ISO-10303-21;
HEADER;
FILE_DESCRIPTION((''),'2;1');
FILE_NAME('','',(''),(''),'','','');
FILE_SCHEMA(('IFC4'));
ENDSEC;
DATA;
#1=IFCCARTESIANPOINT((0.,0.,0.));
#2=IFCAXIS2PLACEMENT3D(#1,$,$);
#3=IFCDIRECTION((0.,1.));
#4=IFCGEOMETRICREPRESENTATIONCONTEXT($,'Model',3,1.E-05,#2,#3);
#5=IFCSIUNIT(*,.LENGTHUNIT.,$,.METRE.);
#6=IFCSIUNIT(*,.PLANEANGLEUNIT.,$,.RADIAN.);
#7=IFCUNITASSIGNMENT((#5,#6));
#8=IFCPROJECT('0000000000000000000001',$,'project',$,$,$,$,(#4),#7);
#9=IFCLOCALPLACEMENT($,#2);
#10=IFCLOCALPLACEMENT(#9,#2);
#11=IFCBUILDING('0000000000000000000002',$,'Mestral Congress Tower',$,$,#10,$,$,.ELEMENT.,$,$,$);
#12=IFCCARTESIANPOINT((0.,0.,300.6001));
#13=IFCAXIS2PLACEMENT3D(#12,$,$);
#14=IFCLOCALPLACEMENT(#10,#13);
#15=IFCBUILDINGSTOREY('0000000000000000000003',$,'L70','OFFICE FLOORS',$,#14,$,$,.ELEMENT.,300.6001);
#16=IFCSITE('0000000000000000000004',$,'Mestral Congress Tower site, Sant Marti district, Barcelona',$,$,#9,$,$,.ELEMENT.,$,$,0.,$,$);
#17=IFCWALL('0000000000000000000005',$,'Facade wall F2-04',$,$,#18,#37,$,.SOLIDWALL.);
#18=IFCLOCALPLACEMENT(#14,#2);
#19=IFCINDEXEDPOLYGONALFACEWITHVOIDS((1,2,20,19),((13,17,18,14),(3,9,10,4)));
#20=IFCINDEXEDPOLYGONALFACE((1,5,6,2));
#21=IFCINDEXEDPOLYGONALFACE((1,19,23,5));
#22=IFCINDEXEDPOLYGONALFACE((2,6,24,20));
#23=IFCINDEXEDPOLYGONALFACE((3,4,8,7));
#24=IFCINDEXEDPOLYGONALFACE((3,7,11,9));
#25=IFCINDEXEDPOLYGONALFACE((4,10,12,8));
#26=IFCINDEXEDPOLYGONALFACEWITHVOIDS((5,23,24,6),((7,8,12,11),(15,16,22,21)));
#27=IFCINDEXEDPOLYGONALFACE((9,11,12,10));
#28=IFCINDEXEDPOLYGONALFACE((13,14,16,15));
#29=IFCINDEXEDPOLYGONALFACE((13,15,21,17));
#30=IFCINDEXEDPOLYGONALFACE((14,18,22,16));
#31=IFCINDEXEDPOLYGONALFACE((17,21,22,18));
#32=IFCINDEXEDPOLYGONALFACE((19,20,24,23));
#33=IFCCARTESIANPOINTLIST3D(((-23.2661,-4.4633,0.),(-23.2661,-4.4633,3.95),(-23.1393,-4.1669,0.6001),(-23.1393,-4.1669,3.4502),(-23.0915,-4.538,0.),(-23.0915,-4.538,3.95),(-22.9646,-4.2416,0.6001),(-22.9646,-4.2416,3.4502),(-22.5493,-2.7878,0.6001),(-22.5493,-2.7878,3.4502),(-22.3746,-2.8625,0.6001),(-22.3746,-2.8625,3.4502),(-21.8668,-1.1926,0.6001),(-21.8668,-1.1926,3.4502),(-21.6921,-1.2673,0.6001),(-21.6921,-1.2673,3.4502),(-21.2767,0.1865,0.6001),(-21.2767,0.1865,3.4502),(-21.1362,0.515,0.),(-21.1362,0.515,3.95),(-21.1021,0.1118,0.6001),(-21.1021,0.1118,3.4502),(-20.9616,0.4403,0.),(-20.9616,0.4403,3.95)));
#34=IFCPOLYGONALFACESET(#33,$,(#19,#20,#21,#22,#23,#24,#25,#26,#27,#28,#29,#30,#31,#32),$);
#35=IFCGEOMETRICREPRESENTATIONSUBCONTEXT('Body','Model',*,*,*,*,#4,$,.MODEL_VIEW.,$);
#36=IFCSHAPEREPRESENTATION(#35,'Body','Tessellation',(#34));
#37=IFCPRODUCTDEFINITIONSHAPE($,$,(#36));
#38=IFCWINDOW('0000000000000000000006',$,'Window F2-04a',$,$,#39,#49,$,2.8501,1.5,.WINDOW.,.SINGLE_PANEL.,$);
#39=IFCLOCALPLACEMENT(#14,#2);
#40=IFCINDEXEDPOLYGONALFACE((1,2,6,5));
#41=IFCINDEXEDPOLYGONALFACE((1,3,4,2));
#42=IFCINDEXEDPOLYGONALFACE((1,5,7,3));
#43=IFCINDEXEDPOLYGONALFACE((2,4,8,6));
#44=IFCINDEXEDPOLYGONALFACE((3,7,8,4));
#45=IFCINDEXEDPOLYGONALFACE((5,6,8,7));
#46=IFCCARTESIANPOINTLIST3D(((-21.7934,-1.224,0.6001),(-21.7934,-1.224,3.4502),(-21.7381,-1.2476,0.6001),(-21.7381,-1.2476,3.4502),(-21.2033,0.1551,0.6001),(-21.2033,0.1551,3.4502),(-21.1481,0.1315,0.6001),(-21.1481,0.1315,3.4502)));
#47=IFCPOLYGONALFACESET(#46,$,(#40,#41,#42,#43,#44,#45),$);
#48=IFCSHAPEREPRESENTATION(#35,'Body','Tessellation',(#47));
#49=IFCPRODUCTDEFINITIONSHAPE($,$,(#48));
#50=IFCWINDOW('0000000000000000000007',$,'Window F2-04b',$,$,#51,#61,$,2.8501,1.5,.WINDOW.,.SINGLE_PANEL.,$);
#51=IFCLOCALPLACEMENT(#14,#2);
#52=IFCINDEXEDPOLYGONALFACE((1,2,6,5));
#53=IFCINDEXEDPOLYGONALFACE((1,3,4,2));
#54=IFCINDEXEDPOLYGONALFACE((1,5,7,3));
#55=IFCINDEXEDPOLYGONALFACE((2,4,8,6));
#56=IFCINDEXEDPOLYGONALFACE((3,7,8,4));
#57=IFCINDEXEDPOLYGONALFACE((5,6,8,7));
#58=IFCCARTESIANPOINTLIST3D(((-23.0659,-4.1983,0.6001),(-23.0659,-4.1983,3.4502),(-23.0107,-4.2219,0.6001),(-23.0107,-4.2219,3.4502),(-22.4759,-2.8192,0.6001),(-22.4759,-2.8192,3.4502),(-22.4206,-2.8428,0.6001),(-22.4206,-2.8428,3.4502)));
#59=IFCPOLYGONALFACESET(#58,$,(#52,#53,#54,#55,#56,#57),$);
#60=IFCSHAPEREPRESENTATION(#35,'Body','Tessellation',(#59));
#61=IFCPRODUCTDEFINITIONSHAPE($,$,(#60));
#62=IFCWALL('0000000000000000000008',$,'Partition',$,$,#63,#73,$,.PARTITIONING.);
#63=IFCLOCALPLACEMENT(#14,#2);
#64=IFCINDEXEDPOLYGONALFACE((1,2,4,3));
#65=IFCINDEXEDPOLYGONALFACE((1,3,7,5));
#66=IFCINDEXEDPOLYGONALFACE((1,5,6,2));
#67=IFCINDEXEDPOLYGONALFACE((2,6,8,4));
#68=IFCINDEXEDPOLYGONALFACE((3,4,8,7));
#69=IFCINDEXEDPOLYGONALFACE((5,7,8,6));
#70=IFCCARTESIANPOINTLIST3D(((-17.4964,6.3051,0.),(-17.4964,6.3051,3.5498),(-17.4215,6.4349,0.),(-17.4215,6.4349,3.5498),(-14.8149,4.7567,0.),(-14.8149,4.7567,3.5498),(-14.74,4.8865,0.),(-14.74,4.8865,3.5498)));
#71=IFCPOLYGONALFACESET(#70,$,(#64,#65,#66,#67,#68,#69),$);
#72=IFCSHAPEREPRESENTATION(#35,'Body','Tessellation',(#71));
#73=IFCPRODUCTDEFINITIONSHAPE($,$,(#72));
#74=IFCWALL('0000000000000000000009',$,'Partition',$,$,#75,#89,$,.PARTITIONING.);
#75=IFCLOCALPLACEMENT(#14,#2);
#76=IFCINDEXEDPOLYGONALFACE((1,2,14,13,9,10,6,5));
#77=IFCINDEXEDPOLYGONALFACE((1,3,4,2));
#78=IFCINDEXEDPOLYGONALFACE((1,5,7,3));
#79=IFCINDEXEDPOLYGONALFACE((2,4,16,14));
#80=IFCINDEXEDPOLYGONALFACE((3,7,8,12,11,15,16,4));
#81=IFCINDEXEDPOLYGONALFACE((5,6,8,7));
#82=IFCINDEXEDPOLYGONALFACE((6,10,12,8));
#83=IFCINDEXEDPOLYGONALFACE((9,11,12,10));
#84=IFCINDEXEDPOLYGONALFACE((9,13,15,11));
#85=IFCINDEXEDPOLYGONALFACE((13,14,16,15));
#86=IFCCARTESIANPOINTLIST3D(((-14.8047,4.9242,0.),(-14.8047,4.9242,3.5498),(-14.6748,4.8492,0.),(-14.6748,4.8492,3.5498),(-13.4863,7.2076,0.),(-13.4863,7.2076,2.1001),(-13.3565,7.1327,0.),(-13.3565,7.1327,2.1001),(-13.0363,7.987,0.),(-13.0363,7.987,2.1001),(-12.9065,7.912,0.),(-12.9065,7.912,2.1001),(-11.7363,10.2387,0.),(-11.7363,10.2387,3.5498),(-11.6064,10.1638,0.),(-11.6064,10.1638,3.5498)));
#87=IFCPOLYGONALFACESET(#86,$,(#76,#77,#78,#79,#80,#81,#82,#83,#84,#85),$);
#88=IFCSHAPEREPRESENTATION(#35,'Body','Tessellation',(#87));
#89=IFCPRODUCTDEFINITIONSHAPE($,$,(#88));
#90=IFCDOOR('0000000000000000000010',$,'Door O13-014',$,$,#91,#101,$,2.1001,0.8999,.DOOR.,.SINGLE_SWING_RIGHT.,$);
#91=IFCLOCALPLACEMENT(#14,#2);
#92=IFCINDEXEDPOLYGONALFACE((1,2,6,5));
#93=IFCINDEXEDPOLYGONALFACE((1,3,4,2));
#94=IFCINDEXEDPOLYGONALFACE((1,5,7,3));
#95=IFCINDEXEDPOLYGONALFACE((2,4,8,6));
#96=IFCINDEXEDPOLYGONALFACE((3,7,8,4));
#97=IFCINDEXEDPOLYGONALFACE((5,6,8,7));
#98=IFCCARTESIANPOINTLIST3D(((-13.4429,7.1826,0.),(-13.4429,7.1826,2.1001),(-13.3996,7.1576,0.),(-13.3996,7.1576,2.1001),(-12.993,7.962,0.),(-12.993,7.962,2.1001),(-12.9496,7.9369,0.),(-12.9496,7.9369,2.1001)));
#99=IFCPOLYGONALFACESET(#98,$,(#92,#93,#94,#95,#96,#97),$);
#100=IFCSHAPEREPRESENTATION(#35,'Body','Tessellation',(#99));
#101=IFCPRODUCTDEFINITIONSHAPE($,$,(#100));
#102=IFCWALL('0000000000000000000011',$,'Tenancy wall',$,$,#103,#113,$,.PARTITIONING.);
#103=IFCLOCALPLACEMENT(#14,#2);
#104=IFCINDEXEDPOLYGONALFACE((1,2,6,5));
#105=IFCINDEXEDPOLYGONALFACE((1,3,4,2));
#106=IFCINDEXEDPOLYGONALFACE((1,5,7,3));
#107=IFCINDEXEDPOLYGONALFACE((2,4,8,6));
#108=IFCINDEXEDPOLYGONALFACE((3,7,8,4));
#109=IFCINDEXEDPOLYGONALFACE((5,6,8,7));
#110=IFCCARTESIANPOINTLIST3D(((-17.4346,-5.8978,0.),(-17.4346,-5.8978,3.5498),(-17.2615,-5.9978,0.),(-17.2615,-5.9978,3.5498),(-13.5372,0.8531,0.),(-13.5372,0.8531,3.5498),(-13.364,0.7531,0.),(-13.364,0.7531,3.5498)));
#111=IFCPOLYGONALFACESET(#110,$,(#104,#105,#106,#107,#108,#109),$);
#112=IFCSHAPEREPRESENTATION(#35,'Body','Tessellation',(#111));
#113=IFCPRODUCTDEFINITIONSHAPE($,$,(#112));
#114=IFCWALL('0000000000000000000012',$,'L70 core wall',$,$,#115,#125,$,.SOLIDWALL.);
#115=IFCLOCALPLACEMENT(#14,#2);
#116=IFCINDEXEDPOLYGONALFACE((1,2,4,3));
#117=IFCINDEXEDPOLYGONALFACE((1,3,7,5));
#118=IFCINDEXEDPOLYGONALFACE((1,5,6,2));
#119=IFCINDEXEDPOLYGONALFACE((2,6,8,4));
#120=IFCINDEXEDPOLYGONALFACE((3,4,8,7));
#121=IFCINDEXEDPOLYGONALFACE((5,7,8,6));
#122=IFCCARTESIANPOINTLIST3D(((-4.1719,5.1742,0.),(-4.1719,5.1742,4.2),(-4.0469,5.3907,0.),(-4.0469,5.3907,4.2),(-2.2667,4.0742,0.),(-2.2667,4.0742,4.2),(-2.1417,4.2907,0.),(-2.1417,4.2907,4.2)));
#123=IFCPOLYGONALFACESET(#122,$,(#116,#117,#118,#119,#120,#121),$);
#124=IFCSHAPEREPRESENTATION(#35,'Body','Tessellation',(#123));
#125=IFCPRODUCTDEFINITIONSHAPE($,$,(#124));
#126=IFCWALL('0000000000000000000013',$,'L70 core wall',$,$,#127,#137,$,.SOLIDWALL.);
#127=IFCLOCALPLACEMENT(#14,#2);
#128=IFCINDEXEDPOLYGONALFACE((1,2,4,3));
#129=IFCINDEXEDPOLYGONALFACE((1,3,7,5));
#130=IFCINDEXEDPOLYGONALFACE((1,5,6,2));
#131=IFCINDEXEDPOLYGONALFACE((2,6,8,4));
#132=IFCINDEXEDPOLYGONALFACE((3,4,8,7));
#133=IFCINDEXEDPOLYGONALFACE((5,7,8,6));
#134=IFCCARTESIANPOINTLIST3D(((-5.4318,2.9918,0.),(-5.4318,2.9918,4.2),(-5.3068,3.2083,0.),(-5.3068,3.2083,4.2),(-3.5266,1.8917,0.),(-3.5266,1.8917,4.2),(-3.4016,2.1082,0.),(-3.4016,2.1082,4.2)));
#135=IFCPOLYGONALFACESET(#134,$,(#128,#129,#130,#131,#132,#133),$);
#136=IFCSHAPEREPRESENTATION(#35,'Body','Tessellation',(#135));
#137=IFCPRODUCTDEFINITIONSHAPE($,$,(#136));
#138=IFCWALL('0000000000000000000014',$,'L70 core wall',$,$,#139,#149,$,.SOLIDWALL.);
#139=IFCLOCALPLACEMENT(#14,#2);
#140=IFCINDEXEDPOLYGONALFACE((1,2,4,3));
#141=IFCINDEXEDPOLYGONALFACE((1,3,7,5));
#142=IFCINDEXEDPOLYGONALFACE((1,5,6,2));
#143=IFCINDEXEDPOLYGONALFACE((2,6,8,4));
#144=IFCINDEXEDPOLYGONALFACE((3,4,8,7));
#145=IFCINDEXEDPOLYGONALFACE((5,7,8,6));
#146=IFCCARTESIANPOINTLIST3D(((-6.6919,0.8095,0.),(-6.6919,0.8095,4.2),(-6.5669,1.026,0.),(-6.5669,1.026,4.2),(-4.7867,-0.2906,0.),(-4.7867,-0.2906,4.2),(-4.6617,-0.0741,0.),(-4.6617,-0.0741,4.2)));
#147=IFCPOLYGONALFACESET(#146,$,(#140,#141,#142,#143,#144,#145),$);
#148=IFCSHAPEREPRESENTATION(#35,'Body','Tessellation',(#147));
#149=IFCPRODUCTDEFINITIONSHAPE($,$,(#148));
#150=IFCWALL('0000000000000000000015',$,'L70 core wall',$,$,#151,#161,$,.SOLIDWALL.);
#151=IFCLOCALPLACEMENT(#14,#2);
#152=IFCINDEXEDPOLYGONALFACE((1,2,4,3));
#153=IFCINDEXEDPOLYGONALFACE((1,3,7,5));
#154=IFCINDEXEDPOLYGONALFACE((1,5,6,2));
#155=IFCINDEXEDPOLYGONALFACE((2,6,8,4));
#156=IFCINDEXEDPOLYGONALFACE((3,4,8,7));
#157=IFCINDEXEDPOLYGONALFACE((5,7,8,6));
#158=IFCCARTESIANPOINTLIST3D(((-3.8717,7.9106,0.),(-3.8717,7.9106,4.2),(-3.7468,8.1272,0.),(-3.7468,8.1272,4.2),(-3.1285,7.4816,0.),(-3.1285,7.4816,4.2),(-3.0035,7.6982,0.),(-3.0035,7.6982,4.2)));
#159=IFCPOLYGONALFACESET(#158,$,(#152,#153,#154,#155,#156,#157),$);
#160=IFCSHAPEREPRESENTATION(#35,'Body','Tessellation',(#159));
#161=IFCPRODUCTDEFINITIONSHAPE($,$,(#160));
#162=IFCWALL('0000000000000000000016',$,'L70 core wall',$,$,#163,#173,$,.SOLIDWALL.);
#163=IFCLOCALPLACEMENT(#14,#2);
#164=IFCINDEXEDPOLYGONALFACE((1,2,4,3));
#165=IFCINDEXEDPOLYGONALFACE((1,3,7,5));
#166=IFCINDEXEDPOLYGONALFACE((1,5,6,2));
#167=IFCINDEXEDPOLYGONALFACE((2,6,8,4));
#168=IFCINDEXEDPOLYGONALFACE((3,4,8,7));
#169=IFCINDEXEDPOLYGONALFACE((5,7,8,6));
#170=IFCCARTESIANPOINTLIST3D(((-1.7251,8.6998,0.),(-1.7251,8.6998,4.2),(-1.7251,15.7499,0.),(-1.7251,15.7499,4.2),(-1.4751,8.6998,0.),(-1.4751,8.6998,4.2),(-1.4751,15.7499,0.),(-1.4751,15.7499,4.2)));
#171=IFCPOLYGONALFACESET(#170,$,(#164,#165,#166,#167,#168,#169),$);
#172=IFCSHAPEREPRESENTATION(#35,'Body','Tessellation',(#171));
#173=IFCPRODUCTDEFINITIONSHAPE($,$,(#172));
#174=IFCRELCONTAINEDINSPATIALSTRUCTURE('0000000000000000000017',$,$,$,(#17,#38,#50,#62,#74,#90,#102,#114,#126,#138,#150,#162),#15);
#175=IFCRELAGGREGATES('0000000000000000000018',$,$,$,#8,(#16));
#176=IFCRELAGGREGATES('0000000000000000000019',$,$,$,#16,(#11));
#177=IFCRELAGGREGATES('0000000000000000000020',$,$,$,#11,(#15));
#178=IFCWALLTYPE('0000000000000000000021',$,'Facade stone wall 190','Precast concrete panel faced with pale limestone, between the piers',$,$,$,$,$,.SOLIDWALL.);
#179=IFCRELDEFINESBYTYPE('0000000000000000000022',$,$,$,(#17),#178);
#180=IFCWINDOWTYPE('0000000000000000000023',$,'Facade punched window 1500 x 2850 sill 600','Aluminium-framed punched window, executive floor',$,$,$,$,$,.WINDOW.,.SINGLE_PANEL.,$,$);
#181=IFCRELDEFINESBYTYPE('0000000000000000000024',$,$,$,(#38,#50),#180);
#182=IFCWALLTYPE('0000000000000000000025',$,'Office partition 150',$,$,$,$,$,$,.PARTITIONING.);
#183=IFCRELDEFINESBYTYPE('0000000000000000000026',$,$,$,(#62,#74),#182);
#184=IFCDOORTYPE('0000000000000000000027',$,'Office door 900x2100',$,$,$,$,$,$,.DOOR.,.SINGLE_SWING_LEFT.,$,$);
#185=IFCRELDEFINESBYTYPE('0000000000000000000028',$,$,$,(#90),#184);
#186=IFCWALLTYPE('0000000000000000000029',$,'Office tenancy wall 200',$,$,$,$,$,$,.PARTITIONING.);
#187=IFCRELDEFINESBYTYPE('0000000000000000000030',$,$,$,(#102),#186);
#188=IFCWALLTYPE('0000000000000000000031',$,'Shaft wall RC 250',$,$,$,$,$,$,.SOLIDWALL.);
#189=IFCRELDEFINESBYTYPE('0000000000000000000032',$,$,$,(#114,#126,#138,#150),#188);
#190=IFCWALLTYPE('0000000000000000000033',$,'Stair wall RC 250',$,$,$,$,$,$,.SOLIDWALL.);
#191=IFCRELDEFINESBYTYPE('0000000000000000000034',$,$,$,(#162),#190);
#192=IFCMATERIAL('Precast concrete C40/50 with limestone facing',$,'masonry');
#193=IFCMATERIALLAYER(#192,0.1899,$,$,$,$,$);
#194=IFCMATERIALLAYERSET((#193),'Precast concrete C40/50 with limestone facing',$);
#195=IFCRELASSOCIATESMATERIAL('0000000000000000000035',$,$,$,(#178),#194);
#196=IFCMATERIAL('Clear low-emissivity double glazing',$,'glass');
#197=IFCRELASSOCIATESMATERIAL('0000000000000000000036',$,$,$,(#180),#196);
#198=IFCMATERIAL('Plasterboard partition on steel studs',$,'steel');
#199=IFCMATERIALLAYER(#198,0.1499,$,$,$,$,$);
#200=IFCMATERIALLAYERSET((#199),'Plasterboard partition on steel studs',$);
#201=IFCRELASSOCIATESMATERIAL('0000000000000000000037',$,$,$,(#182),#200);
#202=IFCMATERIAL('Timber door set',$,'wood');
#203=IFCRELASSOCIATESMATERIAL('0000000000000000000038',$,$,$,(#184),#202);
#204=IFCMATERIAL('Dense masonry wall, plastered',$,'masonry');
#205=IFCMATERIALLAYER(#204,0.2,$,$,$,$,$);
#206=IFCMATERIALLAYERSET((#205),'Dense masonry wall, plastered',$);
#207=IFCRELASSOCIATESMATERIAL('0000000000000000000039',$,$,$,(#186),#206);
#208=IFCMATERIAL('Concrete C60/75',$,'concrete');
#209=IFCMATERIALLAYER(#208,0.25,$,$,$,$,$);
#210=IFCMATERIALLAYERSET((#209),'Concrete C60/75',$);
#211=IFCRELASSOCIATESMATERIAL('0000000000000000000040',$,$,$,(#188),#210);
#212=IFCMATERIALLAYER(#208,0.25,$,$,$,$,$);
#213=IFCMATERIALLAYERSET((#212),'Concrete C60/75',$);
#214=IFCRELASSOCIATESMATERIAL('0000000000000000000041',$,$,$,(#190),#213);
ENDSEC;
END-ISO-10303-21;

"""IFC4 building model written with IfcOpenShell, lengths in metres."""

from ifc_helpers import new_model, si_unit, direction, frame, frame_2d, origin, place, context, subcontext, project, spatial, rectangle, extrude, material, layer, layer_set, type_object, element, fill, save


model = new_model("IFC4")

# Units and contexts
model_context = context("Model", 3, precision=1e-05, world=origin(), true_north=direction((0.0, 1.0)))
body_context = subcontext(model_context, "Body", "Model", "MODEL_VIEW")
ifc_project = project(units=[si_unit("LENGTHUNIT", "METRE"), si_unit("PLANEANGLEUNIT", "RADIAN")], contexts=[model_context])

# Site, building, storey
site_placement = place(None, origin())
site = spatial("IfcSite", under=ifc_project, at=site_placement, Name="Mestral Congress Tower site, Sant Marti district, Barcelona", CompositionType="ELEMENT", RefElevation=0.0)
building_placement = place(site_placement, origin())
building = spatial("IfcBuilding", under=site, at=building_placement, Name="Mestral Congress Tower", CompositionType="ELEMENT")
storey_placement = place(building_placement, frame((0.0, 0.0, 300.6001)))
storey = spatial("IfcBuildingStorey", under=building, at=storey_placement, Name="L70", Description="OFFICE FLOORS", CompositionType="ELEMENT", Elevation=300.6001)

# Shared definitions
ifc_material_1 = material(Name="Concrete C60/75", Category="concrete")

# Wall, openings, windows
ifc_material_2 = material(Name="Precast concrete C40/50 with limestone facing", Category="masonry")
ifc_layer_1 = layer(ifc_material_2, 0.1899)
ifc_layer_set_1 = layer_set([ifc_layer_1], Name="Precast concrete C40/50 with limestone facing")
wall_type_1 = type_object("IfcWallType", Name="Facade stone wall 190", Description="Precast concrete panel faced with pale limestone, between the piers", PredefinedType="SOLIDWALL", material=ifc_layer_set_1)
ifc_material_3 = material(Name="Clear low-emissivity double glazing", Category="glass")
window_type = type_object("IfcWindowType", Name="Facade punched window 1500 x 2850 sill 600", Description="Aluminium-framed punched window, executive floor", PartitioningType="SINGLE_PANEL", PredefinedType="WINDOW", material=ifc_material_3)
wall_1_placement = place(storey_placement, frame((-21.0488, 0.4778, 0.0), z_axis=(0.0, 0.0, 1.0), x_axis=(-0.393348, -0.91939, 0.0)))
wall_1 = element("IfcWall", 1, at=wall_1_placement, inside=storey, type_object=wall_type_1, Name="Facade wall F2-04", PredefinedType="SOLIDWALL", context=body_context, shape_type="SweptSolid", body=[
    extrude(rectangle(XDim=5.4148, YDim=0.1899, at=frame_2d((2.7075, 0.0))), origin(), (0.0, 0.0, 1.0), 3.95),
])
opening_1_placement = place(wall_1_placement, frame((0.3574, 0.0, 0.6001)))
opening_1 = element("IfcOpeningElement", 2, at=opening_1_placement, cuts=wall_1, PredefinedType="OPENING", context=body_context, shape_type="SweptSolid", body=[
    extrude(rectangle(XDim=1.5, YDim=2.8501, at=frame_2d((0.75, 1.425))), frame((0.0, 0.105, 0.0), z_axis=(0.0, -1.0, 0.0), x_axis=(1.0, 0.0, 0.0)), (0.0, 0.0, 1.0), 0.21),
])
opening_2_placement = place(wall_1_placement, frame((3.5925, 0.0, 0.6001)))
opening_2 = element("IfcOpeningElement", 3, at=opening_2_placement, cuts=wall_1, PredefinedType="OPENING", context=body_context, shape_type="SweptSolid", body=[
    extrude(rectangle(XDim=1.5, YDim=2.8501, at=frame_2d((0.75, 1.425))), frame((0.0, 0.105, 0.0), z_axis=(0.0, -1.0, 0.0), x_axis=(1.0, 0.0, 0.0)), (0.0, 0.0, 1.0), 0.21),
])
window_1_placement = place(opening_1_placement, origin())
window_1 = element("IfcWindow", 4, at=window_1_placement, inside=storey, type_object=window_type, Name="Window F2-04a", OverallHeight=2.8501, OverallWidth=1.5, PartitioningType="SINGLE_PANEL", PredefinedType="WINDOW", context=body_context, shape_type="SweptSolid", body=[
    extrude(rectangle(XDim=1.5, YDim=2.8501, at=frame_2d((0.75, 1.425))), frame((0.0, 0.0449, 0.0), z_axis=(0.0, -1.0, 0.0), x_axis=(1.0, 0.0, 0.0)), (0.0, 0.0, 1.0), 0.0601),
])
fill(opening_1, window_1)
window_2_placement = place(opening_2_placement, origin())
window_2 = element("IfcWindow", 5, at=window_2_placement, inside=storey, type_object=window_type, Name="Window F2-04b", OverallHeight=2.8501, OverallWidth=1.5, PartitioningType="SINGLE_PANEL", PredefinedType="WINDOW", context=body_context, shape_type="SweptSolid", body=[
    extrude(rectangle(XDim=1.5, YDim=2.8501, at=frame_2d((0.75, 1.425))), frame((0.0, 0.0449, 0.0), z_axis=(0.0, -1.0, 0.0), x_axis=(1.0, 0.0, 0.0)), (0.0, 0.0, 1.0), 0.0601),
])
fill(opening_2, window_2)

# Wall
ifc_material_4 = material(Name="Plasterboard partition on steel studs", Category="steel")
ifc_layer_2 = layer(ifc_material_4, 0.1499)
ifc_layer_set_2 = layer_set([ifc_layer_2], Name="Plasterboard partition on steel studs")
wall_type_2 = type_object("IfcWallType", Name="Office partition 150", PredefinedType="PARTITIONING", material=ifc_layer_set_2)
wall_2_placement = place(storey_placement, frame((-14.7773, 4.8215, 0.0), z_axis=(0.0, 0.0, 1.0), x_axis=(-0.865993, 0.500057, 0.0)))
element("IfcWall", 6, at=wall_2_placement, inside=storey, type_object=wall_type_2, Name="Partition", PredefinedType="PARTITIONING", context=body_context, shape_type="SweptSolid", body=[
    extrude(rectangle(XDim=3.0964, YDim=0.1499, at=frame_2d((1.5483, 0.0))), origin(), (0.0, 0.0, 1.0), 3.5498),
])

# Wall, opening, door
wall_3_placement = place(storey_placement, frame((-14.7397, 4.8867, 0.0), z_axis=(0.0, 0.0, 1.0), x_axis=(0.500007, 0.866021, 0.0)))
wall_3 = element("IfcWall", 7, at=wall_3_placement, inside=storey, type_object=wall_type_2, Name="Partition", PredefinedType="PARTITIONING", context=body_context, shape_type="SweptSolid", body=[
    extrude(rectangle(XDim=6.1367, YDim=0.1499, at=frame_2d((3.0684, 0.0))), origin(), (0.0, 0.0, 1.0), 3.5498),
])
opening_3_placement = place(wall_3_placement, frame((2.6367, 0.0, 0.0)))
opening_3 = element("IfcOpeningElement", 8, at=opening_3_placement, cuts=wall_3, PredefinedType="OPENING", context=body_context, shape_type="SweptSolid", body=[
    extrude(rectangle(XDim=0.8999, YDim=2.1001, at=frame_2d((0.45, 1.05))), frame((0.0, 0.085, 0.0), z_axis=(0.0, -1.0, 0.0), x_axis=(1.0, 0.0, 0.0)), (0.0, 0.0, 1.0), 0.1699),
])
ifc_material_5 = material(Name="Timber door set", Category="wood")
door_type_1 = type_object("IfcDoorType", Name="Office door 900x2100", OperationType="SINGLE_SWING_LEFT", PredefinedType="DOOR", material=ifc_material_5)
door_1_placement = place(opening_3_placement, origin())
door_1 = element("IfcDoor", 9, at=door_1_placement, inside=storey, type_object=door_type_1, Name="Door O13-014", OperationType="SINGLE_SWING_RIGHT", OverallHeight=2.1001, OverallWidth=0.8999, PredefinedType="DOOR", context=body_context, shape_type="SweptSolid", body=[
    extrude(rectangle(XDim=0.8999, YDim=2.1001, at=frame_2d((0.45, 1.05))), frame((0.0, 0.0249, 0.0), z_axis=(0.0, -1.0, 0.0), x_axis=(1.0, 0.0, 0.0)), (0.0, 0.0, 1.0), 0.05),
])
fill(opening_3, door_1)

# Walls
ifc_material_6 = material(Name="Dense masonry wall, plastered", Category="masonry")
ifc_layer_3 = layer(ifc_material_6, 0.2)
ifc_layer_set_3 = layer_set([ifc_layer_3], Name="Dense masonry wall, plastered")
wall_type_3 = type_object("IfcWallType", Name="Office tenancy wall 200", PredefinedType="PARTITIONING", material=ifc_layer_set_3)
wall_4_placement = place(storey_placement, frame((-13.4507, 0.803, 0.0), z_axis=(0.0, 0.0, 1.0), x_axis=(-0.499979, -0.866037, 0.0)))
element("IfcWall", 10, at=wall_4_placement, inside=storey, type_object=wall_type_3, Name="Tenancy wall", PredefinedType="PARTITIONING", context=body_context, shape_type="SweptSolid", body=[
    extrude(rectangle(XDim=7.7952, YDim=0.2, at=frame_2d((3.8975, 0.0))), origin(), (0.0, 0.0, 1.0), 3.5498),
])
ifc_layer_4 = layer(ifc_material_1, 0.25)
ifc_layer_set_4 = layer_set([ifc_layer_4], Name="Concrete C60/75")
wall_type_4 = type_object("IfcWallType", Name="Shaft wall RC 250", PredefinedType="SOLIDWALL", material=ifc_layer_set_4)
for number, where, z_axis, x_axis, name in (
    (11, (-2.2041, 4.1824, 0.0), (0.0, 0.0, 1.0), (-0.866008, 0.50003, 0.0), "L70 core wall"),
    (12, (-5.3694, 3.1001, 0.0), (0.0, 0.0, 1.0), (0.866008, -0.50003, 0.0), "L70 core wall"),
    (13, (-4.7241, -0.1824, 0.0), (0.0, 0.0, 1.0), (-0.866008, 0.50003, 0.0), "L70 core wall"),
):
    element("IfcWall", number, at=place(storey_placement, frame(where, z_axis=z_axis, x_axis=x_axis)), inside=storey, type_object=wall_type_4, Name=name, PredefinedType="SOLIDWALL", context=body_context, shape_type="SweptSolid", body=[
        extrude(rectangle(XDim=2.2, YDim=0.25, at=frame_2d((1.1001, 0.0))), origin(), (0.0, 0.0, 1.0), 4.2),
    ])
wall_5_placement = place(storey_placement, frame((-3.0659, 7.5898, 0.0), z_axis=(0.0, 0.0, 1.0), x_axis=(-0.866081, 0.499903, 0.0)))
element("IfcWall", 14, at=wall_5_placement, inside=storey, type_object=wall_type_4, Name="L70 core wall", PredefinedType="SOLIDWALL", context=body_context, shape_type="SweptSolid", body=[
    extrude(rectangle(XDim=0.8582, YDim=0.25, at=frame_2d((0.4292, 0.0))), origin(), (0.0, 0.0, 1.0), 4.2),
])
ifc_layer_5 = layer(ifc_material_1, 0.25)
ifc_layer_set_5 = layer_set([ifc_layer_5], Name="Concrete C60/75")
wall_type_5 = type_object("IfcWallType", Name="Stair wall RC 250", PredefinedType="SOLIDWALL", material=ifc_layer_set_5)
wall_6_placement = place(storey_placement, frame((-1.6001, 8.7, 0.0), z_axis=(0.0, 0.0, 1.0), x_axis=(0.0, 1.0, 0.0)))
element("IfcWall", 15, at=wall_6_placement, inside=storey, type_object=wall_type_5, Name="L70 core wall", PredefinedType="SOLIDWALL", context=body_context, shape_type="SweptSolid", body=[
    extrude(rectangle(XDim=7.05, YDim=0.25, at=frame_2d((3.5249, 0.0))), origin(), (0.0, 0.0, 1.0), 4.2),
])

save(model, "model.ifc")
